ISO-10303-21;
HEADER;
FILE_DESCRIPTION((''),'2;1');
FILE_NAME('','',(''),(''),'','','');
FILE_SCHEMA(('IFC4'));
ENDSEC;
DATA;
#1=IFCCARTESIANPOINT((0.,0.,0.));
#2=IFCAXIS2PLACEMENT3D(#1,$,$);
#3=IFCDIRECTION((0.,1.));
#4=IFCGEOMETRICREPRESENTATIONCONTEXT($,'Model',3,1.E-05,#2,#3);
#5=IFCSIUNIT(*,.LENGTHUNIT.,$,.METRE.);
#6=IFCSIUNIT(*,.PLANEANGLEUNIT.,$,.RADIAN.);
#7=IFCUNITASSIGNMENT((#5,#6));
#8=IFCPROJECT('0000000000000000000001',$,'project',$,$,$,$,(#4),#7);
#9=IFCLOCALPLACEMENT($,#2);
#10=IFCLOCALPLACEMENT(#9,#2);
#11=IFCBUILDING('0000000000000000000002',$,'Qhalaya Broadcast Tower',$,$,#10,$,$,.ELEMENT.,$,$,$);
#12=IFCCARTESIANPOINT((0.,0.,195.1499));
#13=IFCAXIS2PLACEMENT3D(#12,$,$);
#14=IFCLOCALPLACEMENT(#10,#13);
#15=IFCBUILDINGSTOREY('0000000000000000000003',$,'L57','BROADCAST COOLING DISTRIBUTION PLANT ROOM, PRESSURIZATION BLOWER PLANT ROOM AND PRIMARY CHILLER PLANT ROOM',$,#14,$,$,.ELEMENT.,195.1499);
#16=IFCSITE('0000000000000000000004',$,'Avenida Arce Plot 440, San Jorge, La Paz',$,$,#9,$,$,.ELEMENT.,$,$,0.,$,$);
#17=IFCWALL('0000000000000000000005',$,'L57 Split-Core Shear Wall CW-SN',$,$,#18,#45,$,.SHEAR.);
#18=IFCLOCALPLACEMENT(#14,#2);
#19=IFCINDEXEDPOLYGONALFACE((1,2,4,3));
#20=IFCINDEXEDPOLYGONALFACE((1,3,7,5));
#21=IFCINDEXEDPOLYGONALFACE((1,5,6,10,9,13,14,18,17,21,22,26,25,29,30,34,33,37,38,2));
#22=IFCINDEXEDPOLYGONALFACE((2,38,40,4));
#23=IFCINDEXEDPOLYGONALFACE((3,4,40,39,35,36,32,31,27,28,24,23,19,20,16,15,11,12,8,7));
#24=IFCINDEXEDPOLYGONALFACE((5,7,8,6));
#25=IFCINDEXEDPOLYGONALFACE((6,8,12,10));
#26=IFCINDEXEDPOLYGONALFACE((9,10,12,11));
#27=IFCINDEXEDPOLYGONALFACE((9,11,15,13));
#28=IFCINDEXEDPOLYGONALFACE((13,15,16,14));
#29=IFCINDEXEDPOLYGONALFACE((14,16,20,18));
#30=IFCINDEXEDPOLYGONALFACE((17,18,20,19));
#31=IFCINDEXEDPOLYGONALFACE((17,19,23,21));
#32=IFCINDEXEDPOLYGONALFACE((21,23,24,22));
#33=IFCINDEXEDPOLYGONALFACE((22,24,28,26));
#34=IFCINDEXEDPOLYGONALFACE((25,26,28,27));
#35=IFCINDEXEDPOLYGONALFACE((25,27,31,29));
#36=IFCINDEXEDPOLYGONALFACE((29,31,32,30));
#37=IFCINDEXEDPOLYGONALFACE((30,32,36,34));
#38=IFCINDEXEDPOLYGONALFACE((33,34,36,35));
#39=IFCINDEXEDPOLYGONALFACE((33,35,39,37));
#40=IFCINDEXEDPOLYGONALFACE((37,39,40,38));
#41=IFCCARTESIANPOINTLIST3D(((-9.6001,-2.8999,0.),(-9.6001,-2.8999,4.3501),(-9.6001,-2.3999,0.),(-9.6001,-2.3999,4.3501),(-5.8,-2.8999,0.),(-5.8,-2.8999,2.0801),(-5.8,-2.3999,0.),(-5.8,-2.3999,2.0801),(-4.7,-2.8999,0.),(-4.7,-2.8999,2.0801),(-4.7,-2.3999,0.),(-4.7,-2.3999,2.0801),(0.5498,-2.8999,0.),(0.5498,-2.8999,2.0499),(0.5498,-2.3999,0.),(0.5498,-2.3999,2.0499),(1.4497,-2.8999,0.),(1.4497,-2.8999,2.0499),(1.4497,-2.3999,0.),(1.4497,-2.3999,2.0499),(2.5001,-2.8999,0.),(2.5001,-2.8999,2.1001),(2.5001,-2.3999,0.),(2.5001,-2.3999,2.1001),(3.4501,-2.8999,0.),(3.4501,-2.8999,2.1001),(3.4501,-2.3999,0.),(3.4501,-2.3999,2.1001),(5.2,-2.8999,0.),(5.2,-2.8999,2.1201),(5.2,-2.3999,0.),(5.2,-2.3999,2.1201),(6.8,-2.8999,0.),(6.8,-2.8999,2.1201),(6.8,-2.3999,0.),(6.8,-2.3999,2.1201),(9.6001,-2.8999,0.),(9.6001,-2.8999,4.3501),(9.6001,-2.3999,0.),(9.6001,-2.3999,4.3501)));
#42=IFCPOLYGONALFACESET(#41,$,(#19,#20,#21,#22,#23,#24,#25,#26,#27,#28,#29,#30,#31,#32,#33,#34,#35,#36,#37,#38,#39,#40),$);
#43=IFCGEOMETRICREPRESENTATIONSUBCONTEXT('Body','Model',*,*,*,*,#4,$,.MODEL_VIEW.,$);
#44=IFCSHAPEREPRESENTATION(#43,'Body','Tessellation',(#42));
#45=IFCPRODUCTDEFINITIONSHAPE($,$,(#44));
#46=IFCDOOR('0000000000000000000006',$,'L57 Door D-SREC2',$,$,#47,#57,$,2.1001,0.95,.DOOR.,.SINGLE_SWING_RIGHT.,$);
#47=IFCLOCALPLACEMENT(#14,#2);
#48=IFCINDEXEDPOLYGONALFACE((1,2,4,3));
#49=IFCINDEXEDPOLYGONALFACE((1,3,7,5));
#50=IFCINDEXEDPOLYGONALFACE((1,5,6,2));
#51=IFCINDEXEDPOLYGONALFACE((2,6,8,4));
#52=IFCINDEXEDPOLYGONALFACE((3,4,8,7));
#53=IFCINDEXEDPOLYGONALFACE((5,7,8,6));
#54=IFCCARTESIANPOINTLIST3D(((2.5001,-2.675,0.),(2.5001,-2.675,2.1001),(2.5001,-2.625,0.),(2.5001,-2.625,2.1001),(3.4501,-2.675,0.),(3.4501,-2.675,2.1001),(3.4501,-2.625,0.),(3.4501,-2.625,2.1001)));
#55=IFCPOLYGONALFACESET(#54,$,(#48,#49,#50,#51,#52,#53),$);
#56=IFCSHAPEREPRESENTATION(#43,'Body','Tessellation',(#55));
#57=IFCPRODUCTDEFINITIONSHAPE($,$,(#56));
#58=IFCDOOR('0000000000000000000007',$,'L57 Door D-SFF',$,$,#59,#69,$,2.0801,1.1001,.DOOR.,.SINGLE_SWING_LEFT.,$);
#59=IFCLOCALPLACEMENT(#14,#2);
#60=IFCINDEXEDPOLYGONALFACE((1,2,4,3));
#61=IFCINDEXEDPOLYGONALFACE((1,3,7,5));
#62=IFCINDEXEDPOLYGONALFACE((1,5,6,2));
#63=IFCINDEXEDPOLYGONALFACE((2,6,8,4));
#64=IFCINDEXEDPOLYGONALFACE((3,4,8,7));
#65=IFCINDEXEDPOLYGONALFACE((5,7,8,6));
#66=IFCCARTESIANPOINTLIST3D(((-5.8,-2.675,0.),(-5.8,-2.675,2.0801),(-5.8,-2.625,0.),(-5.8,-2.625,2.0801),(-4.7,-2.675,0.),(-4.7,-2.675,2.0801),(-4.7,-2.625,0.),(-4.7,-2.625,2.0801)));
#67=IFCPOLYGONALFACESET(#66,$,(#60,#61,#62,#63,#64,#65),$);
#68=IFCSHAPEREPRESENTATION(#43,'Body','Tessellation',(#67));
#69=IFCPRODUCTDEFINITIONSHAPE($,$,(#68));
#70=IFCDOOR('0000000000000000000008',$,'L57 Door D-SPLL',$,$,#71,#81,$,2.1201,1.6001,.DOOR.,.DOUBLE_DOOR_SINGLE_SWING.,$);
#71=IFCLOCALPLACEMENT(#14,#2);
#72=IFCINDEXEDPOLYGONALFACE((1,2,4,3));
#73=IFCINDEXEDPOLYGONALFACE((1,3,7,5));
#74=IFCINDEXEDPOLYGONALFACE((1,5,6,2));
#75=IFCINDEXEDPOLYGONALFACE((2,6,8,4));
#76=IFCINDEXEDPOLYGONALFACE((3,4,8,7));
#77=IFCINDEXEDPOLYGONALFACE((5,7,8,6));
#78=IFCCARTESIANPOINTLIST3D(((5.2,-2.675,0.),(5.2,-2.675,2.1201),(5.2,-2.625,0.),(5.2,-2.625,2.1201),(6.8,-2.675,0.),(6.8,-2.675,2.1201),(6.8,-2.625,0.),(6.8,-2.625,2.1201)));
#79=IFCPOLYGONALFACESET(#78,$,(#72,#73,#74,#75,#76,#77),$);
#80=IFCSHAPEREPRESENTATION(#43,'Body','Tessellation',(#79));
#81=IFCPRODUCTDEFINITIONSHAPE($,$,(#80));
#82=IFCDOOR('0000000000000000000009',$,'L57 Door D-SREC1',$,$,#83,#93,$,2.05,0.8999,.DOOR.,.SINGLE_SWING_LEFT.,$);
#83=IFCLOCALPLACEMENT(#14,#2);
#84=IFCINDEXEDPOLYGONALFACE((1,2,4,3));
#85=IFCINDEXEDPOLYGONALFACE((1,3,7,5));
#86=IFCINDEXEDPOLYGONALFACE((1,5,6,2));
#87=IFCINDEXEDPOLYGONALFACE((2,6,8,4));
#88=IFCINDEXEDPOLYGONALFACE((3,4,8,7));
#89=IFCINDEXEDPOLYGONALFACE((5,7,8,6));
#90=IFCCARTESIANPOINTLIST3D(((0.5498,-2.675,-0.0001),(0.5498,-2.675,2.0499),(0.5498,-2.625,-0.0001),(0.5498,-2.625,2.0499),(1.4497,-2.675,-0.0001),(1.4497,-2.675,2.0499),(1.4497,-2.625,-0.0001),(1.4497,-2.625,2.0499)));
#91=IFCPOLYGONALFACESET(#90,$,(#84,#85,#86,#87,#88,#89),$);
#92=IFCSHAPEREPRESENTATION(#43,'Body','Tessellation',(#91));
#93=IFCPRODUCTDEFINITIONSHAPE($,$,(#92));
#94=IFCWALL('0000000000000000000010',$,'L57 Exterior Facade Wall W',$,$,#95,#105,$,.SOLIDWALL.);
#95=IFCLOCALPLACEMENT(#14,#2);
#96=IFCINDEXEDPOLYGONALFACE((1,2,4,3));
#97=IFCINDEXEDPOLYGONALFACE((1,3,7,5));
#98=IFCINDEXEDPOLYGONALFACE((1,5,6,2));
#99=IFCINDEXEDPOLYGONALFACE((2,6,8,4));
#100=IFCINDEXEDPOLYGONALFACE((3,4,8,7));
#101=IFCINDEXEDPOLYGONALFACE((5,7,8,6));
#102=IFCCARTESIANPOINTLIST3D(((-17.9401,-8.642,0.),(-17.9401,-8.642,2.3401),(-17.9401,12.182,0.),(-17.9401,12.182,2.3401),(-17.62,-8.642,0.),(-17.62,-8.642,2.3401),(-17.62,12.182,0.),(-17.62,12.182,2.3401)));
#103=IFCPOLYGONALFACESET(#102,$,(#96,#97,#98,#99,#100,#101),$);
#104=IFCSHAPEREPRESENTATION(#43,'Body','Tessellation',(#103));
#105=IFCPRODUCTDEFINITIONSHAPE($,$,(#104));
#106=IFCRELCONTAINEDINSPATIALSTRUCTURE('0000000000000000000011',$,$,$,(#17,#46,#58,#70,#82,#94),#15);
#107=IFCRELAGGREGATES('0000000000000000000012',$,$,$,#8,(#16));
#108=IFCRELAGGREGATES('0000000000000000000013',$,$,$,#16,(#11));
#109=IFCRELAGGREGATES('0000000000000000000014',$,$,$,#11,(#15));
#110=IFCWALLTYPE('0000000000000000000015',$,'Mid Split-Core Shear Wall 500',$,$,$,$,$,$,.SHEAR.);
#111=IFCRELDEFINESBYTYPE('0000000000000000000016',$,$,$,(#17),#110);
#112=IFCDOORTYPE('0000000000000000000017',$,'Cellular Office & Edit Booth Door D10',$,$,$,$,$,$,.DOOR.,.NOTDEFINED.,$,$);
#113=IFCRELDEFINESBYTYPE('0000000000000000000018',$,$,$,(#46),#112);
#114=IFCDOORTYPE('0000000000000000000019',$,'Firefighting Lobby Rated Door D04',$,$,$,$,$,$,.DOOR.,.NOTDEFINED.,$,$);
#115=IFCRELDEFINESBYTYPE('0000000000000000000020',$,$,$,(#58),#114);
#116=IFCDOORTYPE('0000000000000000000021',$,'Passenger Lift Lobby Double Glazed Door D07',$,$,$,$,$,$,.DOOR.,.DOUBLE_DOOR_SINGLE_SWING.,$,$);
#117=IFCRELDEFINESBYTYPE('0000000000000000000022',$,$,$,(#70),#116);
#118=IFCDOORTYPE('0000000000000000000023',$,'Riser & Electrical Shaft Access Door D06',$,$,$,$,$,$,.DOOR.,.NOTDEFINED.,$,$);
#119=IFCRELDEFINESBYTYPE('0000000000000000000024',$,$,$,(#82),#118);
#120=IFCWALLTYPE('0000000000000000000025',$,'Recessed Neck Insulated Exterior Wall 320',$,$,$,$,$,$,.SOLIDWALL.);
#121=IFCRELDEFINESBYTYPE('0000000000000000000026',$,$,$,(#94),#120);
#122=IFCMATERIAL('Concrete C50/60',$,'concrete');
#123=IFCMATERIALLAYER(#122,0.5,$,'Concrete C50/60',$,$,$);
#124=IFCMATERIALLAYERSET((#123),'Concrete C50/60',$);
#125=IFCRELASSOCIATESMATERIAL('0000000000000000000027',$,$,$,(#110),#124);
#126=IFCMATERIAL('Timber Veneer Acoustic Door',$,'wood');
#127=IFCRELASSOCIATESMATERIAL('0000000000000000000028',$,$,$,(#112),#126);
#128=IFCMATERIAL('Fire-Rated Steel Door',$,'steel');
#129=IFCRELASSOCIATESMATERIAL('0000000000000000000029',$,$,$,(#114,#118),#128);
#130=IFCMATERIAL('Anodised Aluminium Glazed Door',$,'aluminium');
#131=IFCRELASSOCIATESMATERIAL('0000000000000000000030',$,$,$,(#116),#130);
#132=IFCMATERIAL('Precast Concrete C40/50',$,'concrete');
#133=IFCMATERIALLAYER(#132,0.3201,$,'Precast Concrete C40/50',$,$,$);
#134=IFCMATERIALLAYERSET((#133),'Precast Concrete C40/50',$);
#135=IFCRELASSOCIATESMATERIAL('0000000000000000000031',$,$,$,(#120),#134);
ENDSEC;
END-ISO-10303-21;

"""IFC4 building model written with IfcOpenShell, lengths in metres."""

from ifc_helpers import new_model, si_unit, direction, frame, frame_2d, origin, place, context, subcontext, project, spatial, rectangle, extrude, material, layer, layer_set, type_object, element, fill, save


model = new_model("IFC4")

# Units and contexts
model_context = context("Model", 3, precision=1e-05, world=origin(), true_north=direction((0.0, 1.0)))
body_context = subcontext(model_context, "Body", "Model", "MODEL_VIEW")
ifc_project = project(units=[si_unit("LENGTHUNIT", "METRE"), si_unit("PLANEANGLEUNIT", "RADIAN")], contexts=[model_context])

# Site, building, storey
site_placement = place(None, origin())
site = spatial("IfcSite", under=ifc_project, at=site_placement, Name="Avenida Arce Plot 440, San Jorge, La Paz", CompositionType="ELEMENT", RefElevation=0.0)
building_placement = place(site_placement, origin())
building = spatial("IfcBuilding", under=site, at=building_placement, Name="Qhalaya Broadcast Tower", CompositionType="ELEMENT")
storey_placement = place(building_placement, frame((0.0, 0.0, 195.1499)))
storey = spatial("IfcBuildingStorey", under=building, at=storey_placement, Name="L57", Description="BROADCAST COOLING DISTRIBUTION PLANT ROOM, PRESSURIZATION BLOWER PLANT ROOM AND PRIMARY CHILLER PLANT ROOM", CompositionType="ELEMENT", Elevation=195.1499)

# Shared definitions
ifc_material_1 = material(Name="Concrete C50/60", Category="concrete")
ifc_layer_1 = layer(ifc_material_1, 0.5, Name="Concrete C50/60")
ifc_layer_set_1 = layer_set([ifc_layer_1], Name="Concrete C50/60")
wall_type_1 = type_object("IfcWallType", Name="Mid Split-Core Shear Wall 500", PredefinedType="SHEAR", material=ifc_layer_set_1)

# Wall, openings, doors
wall_1_placement = place(storey_placement, frame((-9.6001, -2.6499, 0.0), z_axis=(0.0, 0.0, 1.0), x_axis=(1.0, 0.0, 0.0)))
wall_1 = element("IfcWall", 1, at=wall_1_placement, inside=storey, type_object=wall_type_1, Name="L57 Split-Core Shear Wall CW-SN", PredefinedType="SHEAR", context=body_context, shape_type="SweptSolid", body=[
    extrude(rectangle(XDim=19.2002, YDim=0.5, at=frame_2d((9.6001, 0.0))), origin(), (0.0, 0.0, 1.0), 4.3501),
])
opening_1_placement = place(wall_1_placement, frame((3.8, 0.0, 0.0)))
opening_1 = element("IfcOpeningElement", 2, at=opening_1_placement, cuts=wall_1, PredefinedType="OPENING", context=body_context, shape_type="SweptSolid", body=[
    extrude(rectangle(XDim=1.1001, YDim=2.0801, at=frame_2d((0.55, 1.04))), frame((0.0, 0.262, 0.0), z_axis=(0.0, -1.0, 0.0), x_axis=(1.0, 0.0, 0.0)), (0.0, 0.0, 1.0), 0.5239),
])
opening_2_placement = place(wall_1_placement, frame((10.1499, 0.0, 0.0)))
opening_2 = element("IfcOpeningElement", 3, at=opening_2_placement, cuts=wall_1, PredefinedType="OPENING", context=body_context, shape_type="SweptSolid", body=[
    extrude(rectangle(XDim=0.8999, YDim=2.05, at=frame_2d((0.45, 1.0249))), frame((0.0, 0.262, 0.0), z_axis=(0.0, -1.0, 0.0), x_axis=(1.0, 0.0, 0.0)), (0.0, 0.0, 1.0), 0.5239),
])
opening_3_placement = place(wall_1_placement, frame((12.1001, 0.0, 0.0)))
opening_3 = element("IfcOpeningElement", 4, at=opening_3_placement, cuts=wall_1, PredefinedType="OPENING", context=body_context, shape_type="SweptSolid", body=[
    extrude(rectangle(XDim=0.95, YDim=2.1001, at=frame_2d((0.4751, 1.05))), frame((0.0, 0.262, 0.0), z_axis=(0.0, -1.0, 0.0), x_axis=(1.0, 0.0, 0.0)), (0.0, 0.0, 1.0), 0.5239),
])
opening_4_placement = place(wall_1_placement, frame((14.8, 0.0, 0.0)))
opening_4 = element("IfcOpeningElement", 5, at=opening_4_placement, cuts=wall_1, PredefinedType="OPENING", context=body_context, shape_type="SweptSolid", body=[
    extrude(rectangle(XDim=1.6001, YDim=2.1201, at=frame_2d((0.8, 1.0601))), frame((0.0, 0.262, 0.0), z_axis=(0.0, -1.0, 0.0), x_axis=(1.0, 0.0, 0.0)), (0.0, 0.0, 1.0), 0.5239),
])
ifc_material_2 = material(Name="Timber Veneer Acoustic Door", Category="wood")
door_type_1 = type_object("IfcDoorType", Name="Cellular Office & Edit Booth Door D10", OperationType="NOTDEFINED", PredefinedType="DOOR", material=ifc_material_2)
door_1_placement = place(opening_3_placement, origin())
door_1 = element("IfcDoor", 6, at=door_1_placement, inside=storey, type_object=door_type_1, Name="L57 Door D-SREC2", OperationType="SINGLE_SWING_RIGHT", OverallHeight=2.1001, OverallWidth=0.95, PredefinedType="DOOR", context=body_context, shape_type="SweptSolid", body=[
    extrude(rectangle(XDim=0.95, YDim=2.1001, at=frame_2d((0.4751, 1.05))), frame((0.0, 0.0249, 0.0), z_axis=(0.0, -1.0, 0.0), x_axis=(1.0, 0.0, 0.0)), (0.0, 0.0, 1.0), 0.05),
])
fill(opening_3, door_1)
ifc_material_3 = material(Name="Fire-Rated Steel Door", Category="steel")
door_type_2 = type_object("IfcDoorType", Name="Firefighting Lobby Rated Door D04", OperationType="NOTDEFINED", PredefinedType="DOOR", material=ifc_material_3)
door_2_placement = place(opening_1_placement, origin())
door_2 = element("IfcDoor", 7, at=door_2_placement, inside=storey, type_object=door_type_2, Name="L57 Door D-SFF", OperationType="SINGLE_SWING_LEFT", OverallHeight=2.0801, OverallWidth=1.1001, PredefinedType="DOOR", context=body_context, shape_type="SweptSolid", body=[
    extrude(rectangle(XDim=1.1001, YDim=2.0801, at=frame_2d((0.55, 1.04))), frame((0.0, 0.0249, 0.0), z_axis=(0.0, -1.0, 0.0), x_axis=(1.0, 0.0, 0.0)), (0.0, 0.0, 1.0), 0.05),
])
fill(opening_1, door_2)
ifc_material_4 = material(Name="Anodised Aluminium Glazed Door", Category="aluminium")
door_type_3 = type_object("IfcDoorType", Name="Passenger Lift Lobby Double Glazed Door D07", OperationType="DOUBLE_DOOR_SINGLE_SWING", PredefinedType="DOOR", material=ifc_material_4)
door_3_placement = place(opening_4_placement, origin())
door_3 = element("IfcDoor", 8, at=door_3_placement, inside=storey, type_object=door_type_3, Name="L57 Door D-SPLL", OperationType="DOUBLE_DOOR_SINGLE_SWING", OverallHeight=2.1201, OverallWidth=1.6001, PredefinedType="DOOR", context=body_context, shape_type="SweptSolid", body=[
    extrude(rectangle(XDim=1.6001, YDim=2.1201, at=frame_2d((0.8, 1.0601))), frame((0.0, 0.0249, 0.0), z_axis=(0.0, -1.0, 0.0), x_axis=(1.0, 0.0, 0.0)), (0.0, 0.0, 1.0), 0.05),
])
fill(opening_4, door_3)
door_type_4 = type_object("IfcDoorType", Name="Riser & Electrical Shaft Access Door D06", OperationType="NOTDEFINED", PredefinedType="DOOR", material=ifc_material_3)
door_4_placement = place(opening_2_placement, origin())
door_4 = element("IfcDoor", 9, at=door_4_placement, inside=storey, type_object=door_type_4, Name="L57 Door D-SREC1", OperationType="SINGLE_SWING_LEFT", OverallHeight=2.05, OverallWidth=0.8999, PredefinedType="DOOR", context=body_context, shape_type="SweptSolid", body=[
    extrude(rectangle(XDim=0.8999, YDim=2.05, at=frame_2d((0.45, 1.0249))), frame((0.0, 0.0249, 0.0), z_axis=(0.0, -1.0, 0.0), x_axis=(1.0, 0.0, 0.0)), (0.0, 0.0, 1.0), 0.05),
])
fill(opening_2, door_4)

# Wall
ifc_material_5 = material(Name="Precast Concrete C40/50", Category="concrete")
ifc_layer_2 = layer(ifc_material_5, 0.3201, Name="Precast Concrete C40/50")
ifc_layer_set_2 = layer_set([ifc_layer_2], Name="Precast Concrete C40/50")
wall_type_2 = type_object("IfcWallType", Name="Recessed Neck Insulated Exterior Wall 320", PredefinedType="SOLIDWALL", material=ifc_layer_set_2)
wall_2_placement = place(storey_placement, frame((-17.78, -8.6421, 0.0), z_axis=(0.0, 0.0, 1.0), x_axis=(0.0, 1.0, 0.0)))
element("IfcWall", 10, at=wall_2_placement, inside=storey, type_object=wall_type_2, Name="L57 Exterior Facade Wall W", PredefinedType="SOLIDWALL", context=body_context, shape_type="SweptSolid", body=[
    extrude(rectangle(XDim=20.824, YDim=0.3201, at=frame_2d((10.4121, 0.0))), origin(), (0.0, 0.0, 1.0), 2.3401),
])

save(model, "model.ifc")
